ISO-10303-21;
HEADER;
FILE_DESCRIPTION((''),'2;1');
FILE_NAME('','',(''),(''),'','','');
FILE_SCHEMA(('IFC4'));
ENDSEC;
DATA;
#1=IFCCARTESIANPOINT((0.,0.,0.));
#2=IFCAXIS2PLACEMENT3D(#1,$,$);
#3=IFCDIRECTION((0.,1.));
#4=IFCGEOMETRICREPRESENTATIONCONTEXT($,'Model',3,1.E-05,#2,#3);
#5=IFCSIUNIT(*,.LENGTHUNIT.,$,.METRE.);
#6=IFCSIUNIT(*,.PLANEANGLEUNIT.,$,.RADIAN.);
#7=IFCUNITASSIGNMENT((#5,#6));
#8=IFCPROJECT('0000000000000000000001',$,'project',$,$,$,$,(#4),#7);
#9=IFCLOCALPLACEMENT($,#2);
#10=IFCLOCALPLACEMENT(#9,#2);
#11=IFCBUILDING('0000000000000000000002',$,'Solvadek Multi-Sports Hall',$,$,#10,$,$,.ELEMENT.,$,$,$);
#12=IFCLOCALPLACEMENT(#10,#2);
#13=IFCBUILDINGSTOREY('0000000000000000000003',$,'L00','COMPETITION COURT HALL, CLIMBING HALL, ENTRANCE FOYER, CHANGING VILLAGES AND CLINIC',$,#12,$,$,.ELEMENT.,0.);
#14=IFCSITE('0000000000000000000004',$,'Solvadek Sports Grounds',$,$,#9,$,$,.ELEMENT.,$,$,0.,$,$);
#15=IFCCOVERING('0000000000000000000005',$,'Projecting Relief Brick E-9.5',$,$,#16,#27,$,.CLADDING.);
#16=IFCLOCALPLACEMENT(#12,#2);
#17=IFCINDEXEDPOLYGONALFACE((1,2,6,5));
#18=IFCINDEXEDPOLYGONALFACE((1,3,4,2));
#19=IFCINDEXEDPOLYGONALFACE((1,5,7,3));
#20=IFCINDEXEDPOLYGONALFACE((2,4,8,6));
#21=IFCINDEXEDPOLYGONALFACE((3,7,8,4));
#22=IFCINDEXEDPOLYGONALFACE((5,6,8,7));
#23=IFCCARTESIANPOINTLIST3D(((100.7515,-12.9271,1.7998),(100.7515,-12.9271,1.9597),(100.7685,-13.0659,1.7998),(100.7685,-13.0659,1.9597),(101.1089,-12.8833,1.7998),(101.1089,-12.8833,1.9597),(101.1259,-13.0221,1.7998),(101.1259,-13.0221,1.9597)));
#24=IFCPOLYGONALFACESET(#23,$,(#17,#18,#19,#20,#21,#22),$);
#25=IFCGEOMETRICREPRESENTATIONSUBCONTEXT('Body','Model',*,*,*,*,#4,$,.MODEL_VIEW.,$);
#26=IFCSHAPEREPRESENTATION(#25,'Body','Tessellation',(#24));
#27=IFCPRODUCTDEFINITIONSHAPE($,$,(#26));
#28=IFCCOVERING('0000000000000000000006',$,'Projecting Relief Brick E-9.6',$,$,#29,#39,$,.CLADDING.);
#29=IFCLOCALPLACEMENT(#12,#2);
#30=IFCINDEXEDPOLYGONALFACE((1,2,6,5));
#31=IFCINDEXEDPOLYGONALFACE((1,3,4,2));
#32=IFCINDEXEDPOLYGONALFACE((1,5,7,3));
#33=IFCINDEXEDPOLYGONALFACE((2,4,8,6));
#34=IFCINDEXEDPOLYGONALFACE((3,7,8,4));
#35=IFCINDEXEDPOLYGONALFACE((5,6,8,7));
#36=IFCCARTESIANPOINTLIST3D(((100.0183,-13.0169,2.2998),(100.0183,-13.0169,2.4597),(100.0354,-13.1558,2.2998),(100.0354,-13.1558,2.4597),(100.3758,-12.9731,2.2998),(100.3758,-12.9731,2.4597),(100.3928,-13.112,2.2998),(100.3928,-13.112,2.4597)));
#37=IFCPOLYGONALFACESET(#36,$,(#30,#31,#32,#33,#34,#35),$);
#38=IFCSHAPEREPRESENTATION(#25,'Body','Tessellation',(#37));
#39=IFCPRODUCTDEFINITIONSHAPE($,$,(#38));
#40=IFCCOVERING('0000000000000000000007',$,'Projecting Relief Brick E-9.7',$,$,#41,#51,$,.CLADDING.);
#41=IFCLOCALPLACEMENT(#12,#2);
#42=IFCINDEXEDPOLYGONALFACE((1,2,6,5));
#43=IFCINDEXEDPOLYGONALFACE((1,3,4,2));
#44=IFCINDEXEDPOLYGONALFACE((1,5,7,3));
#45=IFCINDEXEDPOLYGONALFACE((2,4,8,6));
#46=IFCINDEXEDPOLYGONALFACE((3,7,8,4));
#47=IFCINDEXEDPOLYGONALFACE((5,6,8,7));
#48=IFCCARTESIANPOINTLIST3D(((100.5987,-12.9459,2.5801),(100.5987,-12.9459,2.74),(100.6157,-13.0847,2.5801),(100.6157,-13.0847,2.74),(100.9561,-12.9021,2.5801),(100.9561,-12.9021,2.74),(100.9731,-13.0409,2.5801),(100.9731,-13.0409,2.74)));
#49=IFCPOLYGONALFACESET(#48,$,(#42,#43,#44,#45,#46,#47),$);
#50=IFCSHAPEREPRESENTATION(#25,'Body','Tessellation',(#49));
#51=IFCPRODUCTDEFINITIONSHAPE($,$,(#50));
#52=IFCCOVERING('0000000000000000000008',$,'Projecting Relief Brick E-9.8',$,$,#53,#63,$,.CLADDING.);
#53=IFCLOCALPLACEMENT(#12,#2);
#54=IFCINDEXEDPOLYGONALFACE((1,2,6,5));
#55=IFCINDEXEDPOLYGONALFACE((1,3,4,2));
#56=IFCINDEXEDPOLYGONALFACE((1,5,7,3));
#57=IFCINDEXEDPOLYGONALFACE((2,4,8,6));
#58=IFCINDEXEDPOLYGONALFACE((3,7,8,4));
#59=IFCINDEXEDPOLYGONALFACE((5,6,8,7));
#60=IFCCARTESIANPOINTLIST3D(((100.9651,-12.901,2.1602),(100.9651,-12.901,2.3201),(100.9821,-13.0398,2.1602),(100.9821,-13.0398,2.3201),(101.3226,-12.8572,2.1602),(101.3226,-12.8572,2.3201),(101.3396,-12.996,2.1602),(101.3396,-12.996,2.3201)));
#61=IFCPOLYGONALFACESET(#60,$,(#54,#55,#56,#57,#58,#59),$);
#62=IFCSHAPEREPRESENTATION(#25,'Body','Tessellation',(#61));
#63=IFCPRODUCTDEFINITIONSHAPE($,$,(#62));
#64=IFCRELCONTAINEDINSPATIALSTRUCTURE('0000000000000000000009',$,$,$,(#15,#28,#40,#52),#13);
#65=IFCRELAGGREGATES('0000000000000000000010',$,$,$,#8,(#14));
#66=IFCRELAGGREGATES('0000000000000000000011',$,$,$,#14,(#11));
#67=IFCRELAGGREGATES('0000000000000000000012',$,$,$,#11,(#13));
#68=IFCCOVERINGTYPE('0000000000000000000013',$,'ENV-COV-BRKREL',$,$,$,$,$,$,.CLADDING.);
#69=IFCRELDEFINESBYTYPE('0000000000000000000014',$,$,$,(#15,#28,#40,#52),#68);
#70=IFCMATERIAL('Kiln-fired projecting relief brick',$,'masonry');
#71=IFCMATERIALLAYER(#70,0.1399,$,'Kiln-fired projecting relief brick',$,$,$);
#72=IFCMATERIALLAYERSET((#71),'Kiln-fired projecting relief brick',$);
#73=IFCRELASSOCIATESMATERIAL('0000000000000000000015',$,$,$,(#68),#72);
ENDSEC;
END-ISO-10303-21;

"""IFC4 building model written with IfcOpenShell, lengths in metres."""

from ifc_helpers import new_model, si_unit, direction, frame, origin, origin_2d, place, context, subcontext, project, spatial, rectangle, extrude, material, layer, layer_set, type_object, element, save


model = new_model("IFC4")

# Units and contexts
model_context = context("Model", 3, precision=1e-05, world=origin(), true_north=direction((0.0, 1.0)))
body_context = subcontext(model_context, "Body", "Model", "MODEL_VIEW")
ifc_project = project(units=[si_unit("LENGTHUNIT", "METRE"), si_unit("PLANEANGLEUNIT", "RADIAN")], contexts=[model_context])

# Site, building, storey
site_placement = place(None, origin())
site = spatial("IfcSite", under=ifc_project, at=site_placement, Name="Solvadek Sports Grounds", CompositionType="ELEMENT", RefElevation=0.0)
building_placement = place(site_placement, origin())
building = spatial("IfcBuilding", under=site, at=building_placement, Name="Solvadek Multi-Sports Hall", CompositionType="ELEMENT")
storey_placement = place(building_placement, origin())
storey = spatial("IfcBuildingStorey", under=building, at=storey_placement, Name="L00", Description="COMPETITION COURT HALL, CLIMBING HALL, ENTRANCE FOYER, CHANGING VILLAGES AND CLINIC", CompositionType="ELEMENT", Elevation=0.0)

# Coverings
ifc_material_1 = material(Name="Kiln-fired projecting relief brick", Category="masonry")
ifc_layer_1 = layer(ifc_material_1, 0.1399, Name="Kiln-fired projecting relief brick")
ifc_layer_set_1 = layer_set([ifc_layer_1], Name="Kiln-fired projecting relief brick")
covering_type = type_object("IfcCoveringType", Name="ENV-COV-BRKREL", PredefinedType="CLADDING", material=ifc_layer_set_1)
for number, where, z_axis, x_axis, name in (
    (1, (100.9387, -12.9746, 1.7998), (0.0, 0.0, 1.0), (0.992573, 0.121649, 0.0), "Projecting Relief Brick E-9.5"),
    (2, (100.2056, -13.0645, 2.2998), (0.0, 0.0, 1.0), (0.992573, 0.121649, 0.0), "Projecting Relief Brick E-9.6"),
    (3, (100.7859, -12.9934, 2.5801), (0.0, 0.0, 1.0), (0.992573, 0.121649, 0.0), "Projecting Relief Brick E-9.7"),
    (4, (101.1523, -12.9485, 2.1602), (0.0, 0.0, 1.0), (0.992573, 0.121649, 0.0), "Projecting Relief Brick E-9.8"),
):
    element("IfcCovering", number, at=place(storey_placement, frame(where, z_axis=z_axis, x_axis=x_axis)), inside=storey, type_object=covering_type, Name=name, PredefinedType="CLADDING", context=body_context, shape_type="SweptSolid", body=[
        extrude(rectangle(XDim=0.3601, YDim=0.1399, at=origin_2d()), origin(), (0.0, 0.0, 1.0), 0.1599),
    ])

save(model, "model.ifc")
